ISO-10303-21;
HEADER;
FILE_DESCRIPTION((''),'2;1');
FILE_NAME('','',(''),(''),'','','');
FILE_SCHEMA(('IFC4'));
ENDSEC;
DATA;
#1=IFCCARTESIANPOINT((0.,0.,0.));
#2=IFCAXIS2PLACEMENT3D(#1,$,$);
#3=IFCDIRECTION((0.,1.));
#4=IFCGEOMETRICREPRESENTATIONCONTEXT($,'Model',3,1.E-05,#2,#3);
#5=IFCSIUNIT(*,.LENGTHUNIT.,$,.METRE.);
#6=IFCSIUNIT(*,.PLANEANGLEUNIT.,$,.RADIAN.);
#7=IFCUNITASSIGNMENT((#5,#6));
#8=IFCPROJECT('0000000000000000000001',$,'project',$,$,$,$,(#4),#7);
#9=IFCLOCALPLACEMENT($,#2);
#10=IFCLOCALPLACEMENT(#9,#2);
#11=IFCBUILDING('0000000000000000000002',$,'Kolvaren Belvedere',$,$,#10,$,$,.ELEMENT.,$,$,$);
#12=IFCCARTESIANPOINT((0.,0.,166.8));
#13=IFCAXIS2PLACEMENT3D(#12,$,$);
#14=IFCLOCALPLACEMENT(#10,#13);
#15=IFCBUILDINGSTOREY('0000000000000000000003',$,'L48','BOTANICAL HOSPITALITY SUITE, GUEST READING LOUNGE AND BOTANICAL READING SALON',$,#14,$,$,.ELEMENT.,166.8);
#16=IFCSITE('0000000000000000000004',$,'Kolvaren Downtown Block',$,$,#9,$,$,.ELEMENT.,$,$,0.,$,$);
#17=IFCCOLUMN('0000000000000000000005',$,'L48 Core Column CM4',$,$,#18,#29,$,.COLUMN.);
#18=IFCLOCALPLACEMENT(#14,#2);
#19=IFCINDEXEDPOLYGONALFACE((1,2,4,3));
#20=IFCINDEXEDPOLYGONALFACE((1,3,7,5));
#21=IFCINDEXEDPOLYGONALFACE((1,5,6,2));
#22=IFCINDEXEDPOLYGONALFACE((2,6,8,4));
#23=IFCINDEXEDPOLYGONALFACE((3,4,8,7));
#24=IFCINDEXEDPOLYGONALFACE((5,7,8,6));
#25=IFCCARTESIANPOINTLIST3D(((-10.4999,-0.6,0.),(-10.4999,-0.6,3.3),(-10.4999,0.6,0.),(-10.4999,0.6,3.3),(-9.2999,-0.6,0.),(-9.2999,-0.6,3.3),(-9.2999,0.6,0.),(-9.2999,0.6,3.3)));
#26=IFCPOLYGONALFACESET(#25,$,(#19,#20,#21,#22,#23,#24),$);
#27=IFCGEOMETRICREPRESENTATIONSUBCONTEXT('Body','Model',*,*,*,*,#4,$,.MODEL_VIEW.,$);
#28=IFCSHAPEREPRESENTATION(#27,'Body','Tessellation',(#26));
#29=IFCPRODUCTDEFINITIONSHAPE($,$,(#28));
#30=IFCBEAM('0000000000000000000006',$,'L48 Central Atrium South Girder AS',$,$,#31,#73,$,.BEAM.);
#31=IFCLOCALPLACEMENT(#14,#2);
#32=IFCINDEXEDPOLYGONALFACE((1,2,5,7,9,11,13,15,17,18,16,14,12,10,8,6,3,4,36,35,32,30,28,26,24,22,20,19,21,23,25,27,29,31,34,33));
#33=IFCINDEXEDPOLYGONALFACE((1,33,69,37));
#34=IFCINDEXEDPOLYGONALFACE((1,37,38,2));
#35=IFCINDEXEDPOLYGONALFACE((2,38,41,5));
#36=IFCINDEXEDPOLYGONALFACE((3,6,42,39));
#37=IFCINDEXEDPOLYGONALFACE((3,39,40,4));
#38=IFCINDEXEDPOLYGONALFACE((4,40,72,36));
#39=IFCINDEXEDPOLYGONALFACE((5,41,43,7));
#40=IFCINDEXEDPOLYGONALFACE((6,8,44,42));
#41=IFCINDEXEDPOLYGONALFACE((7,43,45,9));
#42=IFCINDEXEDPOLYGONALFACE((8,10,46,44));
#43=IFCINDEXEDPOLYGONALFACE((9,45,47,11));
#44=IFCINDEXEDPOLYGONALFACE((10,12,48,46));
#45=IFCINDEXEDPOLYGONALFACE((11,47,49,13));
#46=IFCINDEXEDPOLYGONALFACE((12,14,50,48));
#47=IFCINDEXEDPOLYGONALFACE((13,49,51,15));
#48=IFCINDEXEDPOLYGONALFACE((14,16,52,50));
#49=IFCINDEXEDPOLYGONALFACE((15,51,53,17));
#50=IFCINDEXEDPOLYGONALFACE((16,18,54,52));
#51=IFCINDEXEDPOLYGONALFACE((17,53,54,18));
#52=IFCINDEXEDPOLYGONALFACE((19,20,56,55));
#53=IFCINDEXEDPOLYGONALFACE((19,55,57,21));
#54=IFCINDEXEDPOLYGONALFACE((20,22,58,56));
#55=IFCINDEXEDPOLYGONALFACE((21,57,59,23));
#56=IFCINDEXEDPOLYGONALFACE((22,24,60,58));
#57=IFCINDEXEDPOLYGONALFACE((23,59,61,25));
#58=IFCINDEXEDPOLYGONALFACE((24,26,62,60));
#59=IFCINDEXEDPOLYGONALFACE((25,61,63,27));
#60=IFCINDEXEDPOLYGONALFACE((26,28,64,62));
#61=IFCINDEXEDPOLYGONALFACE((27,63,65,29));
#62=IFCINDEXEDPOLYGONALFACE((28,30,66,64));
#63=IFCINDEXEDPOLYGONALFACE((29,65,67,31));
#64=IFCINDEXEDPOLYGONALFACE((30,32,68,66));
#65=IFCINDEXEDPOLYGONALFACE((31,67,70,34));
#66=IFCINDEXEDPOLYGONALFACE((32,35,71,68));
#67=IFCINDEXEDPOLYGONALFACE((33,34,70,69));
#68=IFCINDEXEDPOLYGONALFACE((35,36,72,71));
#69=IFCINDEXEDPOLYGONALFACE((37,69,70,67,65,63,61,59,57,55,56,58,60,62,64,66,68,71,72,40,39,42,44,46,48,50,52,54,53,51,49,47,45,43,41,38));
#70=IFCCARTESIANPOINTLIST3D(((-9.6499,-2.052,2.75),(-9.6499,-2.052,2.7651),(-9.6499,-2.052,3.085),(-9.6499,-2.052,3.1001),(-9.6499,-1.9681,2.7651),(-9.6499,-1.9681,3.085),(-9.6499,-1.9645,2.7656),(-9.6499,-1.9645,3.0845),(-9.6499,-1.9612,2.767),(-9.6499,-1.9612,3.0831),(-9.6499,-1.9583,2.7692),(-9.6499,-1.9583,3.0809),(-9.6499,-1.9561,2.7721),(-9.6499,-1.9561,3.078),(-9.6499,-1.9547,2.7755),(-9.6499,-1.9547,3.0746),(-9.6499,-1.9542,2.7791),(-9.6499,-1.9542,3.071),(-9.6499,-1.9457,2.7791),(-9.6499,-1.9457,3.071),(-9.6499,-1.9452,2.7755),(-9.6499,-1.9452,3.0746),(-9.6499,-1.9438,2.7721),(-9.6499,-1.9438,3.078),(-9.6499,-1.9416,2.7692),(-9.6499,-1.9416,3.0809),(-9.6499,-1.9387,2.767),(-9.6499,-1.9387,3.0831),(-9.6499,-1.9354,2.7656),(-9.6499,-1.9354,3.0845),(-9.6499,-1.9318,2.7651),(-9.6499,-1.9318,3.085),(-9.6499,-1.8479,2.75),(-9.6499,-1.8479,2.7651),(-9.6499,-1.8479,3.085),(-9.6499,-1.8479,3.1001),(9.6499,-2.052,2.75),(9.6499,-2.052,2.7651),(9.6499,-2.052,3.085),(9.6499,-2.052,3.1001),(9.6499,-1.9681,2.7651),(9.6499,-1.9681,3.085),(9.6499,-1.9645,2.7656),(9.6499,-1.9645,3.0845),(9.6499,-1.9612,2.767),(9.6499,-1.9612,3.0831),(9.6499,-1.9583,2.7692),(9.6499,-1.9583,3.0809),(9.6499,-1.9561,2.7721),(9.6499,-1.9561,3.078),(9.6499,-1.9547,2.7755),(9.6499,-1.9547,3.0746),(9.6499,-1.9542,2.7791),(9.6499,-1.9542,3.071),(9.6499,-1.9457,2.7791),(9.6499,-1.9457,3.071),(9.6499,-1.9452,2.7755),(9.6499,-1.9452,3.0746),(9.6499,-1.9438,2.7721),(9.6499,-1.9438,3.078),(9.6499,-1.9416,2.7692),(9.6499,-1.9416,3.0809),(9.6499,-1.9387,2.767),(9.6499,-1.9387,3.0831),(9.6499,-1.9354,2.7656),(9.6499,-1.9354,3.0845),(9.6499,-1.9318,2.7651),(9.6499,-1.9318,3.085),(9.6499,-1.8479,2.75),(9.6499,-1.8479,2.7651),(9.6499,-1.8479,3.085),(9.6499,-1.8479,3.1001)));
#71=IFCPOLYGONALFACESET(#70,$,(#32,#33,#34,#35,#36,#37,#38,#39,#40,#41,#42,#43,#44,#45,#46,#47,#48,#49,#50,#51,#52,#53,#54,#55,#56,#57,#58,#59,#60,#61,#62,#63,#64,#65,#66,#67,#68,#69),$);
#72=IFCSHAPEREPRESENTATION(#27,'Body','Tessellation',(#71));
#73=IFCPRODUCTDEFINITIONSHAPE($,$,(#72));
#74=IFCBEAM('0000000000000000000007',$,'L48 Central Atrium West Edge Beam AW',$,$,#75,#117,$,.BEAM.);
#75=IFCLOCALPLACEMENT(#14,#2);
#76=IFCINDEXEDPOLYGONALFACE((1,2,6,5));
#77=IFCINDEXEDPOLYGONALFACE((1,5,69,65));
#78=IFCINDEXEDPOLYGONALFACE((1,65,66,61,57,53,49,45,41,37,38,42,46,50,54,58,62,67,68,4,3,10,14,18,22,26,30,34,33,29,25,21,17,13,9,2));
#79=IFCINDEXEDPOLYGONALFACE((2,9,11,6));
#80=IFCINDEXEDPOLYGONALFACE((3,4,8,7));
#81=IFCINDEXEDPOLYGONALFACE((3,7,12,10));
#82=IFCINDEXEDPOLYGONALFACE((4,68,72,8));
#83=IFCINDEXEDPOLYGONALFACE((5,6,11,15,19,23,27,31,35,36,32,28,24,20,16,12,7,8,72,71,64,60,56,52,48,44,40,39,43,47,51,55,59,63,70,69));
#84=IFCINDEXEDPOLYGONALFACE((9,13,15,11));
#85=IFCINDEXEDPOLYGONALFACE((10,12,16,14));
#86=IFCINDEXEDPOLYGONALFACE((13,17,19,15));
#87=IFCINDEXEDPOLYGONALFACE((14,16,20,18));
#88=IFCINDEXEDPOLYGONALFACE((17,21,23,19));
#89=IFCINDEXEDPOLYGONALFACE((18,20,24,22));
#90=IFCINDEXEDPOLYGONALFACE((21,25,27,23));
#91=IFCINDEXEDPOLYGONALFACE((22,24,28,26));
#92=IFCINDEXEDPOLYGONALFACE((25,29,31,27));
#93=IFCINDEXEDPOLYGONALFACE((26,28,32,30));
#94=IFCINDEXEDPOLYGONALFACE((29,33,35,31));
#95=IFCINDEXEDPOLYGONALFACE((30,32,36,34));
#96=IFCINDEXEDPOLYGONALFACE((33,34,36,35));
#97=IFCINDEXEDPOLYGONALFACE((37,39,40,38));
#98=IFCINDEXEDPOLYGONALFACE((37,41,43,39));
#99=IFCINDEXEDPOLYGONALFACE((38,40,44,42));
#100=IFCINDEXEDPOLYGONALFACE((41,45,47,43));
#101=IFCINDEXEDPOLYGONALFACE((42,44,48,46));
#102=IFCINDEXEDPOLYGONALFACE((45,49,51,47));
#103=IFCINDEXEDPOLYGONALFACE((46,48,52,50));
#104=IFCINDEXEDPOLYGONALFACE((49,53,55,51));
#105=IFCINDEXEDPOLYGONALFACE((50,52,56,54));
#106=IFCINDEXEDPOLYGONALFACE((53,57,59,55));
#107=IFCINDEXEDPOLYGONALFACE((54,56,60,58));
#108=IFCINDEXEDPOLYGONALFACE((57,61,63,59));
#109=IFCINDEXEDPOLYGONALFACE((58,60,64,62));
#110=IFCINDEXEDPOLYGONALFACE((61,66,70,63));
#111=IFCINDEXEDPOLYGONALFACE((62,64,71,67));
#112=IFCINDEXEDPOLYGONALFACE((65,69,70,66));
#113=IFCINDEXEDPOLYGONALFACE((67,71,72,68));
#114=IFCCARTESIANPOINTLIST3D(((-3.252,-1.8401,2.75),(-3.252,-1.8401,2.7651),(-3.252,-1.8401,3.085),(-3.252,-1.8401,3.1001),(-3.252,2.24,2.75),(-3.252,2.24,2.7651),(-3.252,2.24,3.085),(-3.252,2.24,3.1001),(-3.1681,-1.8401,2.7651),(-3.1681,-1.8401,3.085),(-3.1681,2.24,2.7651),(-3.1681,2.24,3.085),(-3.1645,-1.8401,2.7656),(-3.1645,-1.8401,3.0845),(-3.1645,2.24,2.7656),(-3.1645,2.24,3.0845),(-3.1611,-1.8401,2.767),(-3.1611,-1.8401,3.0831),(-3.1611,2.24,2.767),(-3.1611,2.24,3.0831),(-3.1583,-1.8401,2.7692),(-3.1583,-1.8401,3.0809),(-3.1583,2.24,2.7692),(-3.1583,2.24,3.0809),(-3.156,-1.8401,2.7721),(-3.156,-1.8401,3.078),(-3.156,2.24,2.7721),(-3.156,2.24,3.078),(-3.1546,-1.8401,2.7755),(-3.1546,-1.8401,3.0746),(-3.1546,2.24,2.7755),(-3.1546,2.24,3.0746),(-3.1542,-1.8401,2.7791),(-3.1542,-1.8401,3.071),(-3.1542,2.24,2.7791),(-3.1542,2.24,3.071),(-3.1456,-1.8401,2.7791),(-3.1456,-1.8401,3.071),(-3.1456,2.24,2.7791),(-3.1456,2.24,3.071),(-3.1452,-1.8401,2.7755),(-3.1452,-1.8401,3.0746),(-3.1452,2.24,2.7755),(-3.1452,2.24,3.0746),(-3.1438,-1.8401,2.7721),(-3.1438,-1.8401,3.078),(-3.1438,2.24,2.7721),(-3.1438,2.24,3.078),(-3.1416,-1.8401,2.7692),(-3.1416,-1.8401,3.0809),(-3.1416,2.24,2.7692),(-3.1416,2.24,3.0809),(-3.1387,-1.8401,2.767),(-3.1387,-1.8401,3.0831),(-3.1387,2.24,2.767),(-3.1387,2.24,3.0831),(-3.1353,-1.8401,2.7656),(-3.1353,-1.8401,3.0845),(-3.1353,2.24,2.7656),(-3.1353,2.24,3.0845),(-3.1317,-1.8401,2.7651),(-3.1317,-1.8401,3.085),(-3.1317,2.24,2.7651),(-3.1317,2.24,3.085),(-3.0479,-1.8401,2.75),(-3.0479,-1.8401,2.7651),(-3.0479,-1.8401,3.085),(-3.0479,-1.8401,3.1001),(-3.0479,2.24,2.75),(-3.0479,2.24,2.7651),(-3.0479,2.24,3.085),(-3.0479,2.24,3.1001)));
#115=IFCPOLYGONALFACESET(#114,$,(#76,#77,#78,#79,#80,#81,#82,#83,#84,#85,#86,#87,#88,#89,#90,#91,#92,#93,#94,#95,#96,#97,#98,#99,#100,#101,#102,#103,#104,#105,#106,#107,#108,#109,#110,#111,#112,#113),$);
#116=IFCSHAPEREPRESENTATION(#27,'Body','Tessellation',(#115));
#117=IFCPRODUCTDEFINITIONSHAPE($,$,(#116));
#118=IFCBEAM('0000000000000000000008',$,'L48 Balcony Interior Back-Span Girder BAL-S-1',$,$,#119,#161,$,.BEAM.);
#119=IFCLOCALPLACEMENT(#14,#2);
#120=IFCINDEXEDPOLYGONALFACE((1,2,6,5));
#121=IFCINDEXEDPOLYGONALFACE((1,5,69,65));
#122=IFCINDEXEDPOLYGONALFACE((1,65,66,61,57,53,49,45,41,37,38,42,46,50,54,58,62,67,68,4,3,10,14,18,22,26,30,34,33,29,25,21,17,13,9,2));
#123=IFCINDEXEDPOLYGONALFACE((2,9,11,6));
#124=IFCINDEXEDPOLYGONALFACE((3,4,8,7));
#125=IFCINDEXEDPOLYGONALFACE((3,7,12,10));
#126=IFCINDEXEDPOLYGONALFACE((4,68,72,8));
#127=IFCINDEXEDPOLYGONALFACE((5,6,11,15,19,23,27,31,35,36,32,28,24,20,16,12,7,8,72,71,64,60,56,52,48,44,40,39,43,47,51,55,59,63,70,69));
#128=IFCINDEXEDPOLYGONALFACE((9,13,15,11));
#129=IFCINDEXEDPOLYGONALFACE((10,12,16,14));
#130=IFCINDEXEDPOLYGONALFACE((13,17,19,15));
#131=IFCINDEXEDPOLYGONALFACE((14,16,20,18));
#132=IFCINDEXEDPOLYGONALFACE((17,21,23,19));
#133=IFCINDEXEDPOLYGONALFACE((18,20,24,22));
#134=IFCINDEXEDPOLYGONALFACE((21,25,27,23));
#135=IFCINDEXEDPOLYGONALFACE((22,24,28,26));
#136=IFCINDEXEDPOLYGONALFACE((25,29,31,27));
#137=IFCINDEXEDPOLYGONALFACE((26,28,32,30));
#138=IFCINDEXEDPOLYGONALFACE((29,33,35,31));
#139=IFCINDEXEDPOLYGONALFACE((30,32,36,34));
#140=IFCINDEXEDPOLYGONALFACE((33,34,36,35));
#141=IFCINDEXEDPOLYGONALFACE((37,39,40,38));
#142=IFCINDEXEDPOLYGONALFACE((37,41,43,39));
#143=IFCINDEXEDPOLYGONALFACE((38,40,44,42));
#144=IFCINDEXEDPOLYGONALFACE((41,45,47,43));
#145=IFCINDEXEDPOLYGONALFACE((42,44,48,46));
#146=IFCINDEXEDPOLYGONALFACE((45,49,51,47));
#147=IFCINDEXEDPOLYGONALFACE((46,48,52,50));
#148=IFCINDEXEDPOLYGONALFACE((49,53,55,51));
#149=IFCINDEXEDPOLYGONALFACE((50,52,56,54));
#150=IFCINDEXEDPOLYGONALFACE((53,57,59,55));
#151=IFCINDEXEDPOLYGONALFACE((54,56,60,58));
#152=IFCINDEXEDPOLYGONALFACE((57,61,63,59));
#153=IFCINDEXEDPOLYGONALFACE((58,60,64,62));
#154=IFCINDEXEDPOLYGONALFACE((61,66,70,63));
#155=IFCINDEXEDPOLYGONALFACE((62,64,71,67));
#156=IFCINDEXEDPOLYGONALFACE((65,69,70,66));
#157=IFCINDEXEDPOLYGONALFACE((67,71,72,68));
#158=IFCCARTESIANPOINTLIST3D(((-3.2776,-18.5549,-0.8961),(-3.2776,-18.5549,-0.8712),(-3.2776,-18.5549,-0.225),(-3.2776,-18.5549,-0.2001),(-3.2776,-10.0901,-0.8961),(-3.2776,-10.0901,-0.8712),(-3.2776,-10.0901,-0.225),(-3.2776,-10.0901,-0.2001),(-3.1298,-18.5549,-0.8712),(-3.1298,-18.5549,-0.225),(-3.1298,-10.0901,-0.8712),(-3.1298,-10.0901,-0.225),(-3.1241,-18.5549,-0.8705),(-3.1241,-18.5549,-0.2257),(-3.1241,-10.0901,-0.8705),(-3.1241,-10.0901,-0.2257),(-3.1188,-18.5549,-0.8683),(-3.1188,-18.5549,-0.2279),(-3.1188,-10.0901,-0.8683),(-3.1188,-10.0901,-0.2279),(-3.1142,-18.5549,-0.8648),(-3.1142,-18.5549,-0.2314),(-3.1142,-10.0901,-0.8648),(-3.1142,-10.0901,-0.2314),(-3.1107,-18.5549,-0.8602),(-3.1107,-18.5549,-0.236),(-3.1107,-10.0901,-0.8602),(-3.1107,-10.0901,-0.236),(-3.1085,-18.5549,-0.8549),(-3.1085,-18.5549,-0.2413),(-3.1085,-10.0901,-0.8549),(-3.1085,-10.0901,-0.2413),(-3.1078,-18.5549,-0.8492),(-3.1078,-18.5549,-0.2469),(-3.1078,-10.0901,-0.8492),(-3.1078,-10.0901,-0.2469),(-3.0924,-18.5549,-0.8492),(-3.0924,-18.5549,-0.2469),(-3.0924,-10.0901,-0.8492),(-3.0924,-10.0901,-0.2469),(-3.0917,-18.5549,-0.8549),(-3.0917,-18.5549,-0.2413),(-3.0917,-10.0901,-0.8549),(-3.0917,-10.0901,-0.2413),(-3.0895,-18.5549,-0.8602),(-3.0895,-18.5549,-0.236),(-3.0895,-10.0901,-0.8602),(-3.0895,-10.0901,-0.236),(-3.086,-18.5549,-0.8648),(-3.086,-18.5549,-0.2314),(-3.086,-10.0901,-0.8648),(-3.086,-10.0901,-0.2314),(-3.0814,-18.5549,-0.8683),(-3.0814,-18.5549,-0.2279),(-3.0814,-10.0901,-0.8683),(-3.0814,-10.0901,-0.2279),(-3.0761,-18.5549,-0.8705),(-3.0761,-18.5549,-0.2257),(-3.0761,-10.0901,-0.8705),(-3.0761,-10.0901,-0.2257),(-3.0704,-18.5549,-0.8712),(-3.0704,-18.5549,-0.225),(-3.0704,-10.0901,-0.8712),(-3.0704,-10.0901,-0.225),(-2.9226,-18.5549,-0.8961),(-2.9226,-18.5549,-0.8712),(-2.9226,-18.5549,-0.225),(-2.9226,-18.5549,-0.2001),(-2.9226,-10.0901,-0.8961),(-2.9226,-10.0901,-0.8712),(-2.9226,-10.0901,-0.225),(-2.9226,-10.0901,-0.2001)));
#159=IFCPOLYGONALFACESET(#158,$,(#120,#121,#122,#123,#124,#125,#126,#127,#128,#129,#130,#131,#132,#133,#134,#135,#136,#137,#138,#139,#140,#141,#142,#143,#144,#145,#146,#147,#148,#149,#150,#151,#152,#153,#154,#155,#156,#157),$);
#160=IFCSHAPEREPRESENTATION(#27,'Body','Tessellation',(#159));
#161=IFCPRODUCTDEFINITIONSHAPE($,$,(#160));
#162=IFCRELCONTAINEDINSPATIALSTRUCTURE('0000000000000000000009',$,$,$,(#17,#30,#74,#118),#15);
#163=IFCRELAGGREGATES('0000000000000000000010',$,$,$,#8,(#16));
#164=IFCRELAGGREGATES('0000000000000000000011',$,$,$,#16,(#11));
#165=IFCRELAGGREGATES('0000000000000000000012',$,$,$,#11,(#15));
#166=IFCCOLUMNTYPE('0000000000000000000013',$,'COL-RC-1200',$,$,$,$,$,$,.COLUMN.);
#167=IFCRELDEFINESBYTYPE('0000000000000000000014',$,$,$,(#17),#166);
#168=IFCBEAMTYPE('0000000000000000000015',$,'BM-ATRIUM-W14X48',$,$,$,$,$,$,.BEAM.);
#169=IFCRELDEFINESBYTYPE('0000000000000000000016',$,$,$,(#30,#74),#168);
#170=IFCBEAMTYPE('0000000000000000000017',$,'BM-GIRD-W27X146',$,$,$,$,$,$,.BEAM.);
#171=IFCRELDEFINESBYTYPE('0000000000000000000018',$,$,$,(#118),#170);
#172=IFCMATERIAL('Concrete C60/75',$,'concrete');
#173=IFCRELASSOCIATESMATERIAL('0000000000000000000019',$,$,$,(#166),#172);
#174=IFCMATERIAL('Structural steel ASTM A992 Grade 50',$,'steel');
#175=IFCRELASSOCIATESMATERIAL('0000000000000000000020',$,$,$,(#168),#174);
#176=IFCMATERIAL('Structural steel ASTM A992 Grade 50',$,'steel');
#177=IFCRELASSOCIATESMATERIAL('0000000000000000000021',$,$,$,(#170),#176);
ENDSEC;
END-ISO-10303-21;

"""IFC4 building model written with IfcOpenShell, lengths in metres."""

from ifc_helpers import new_model, si_unit, direction, frame, origin, origin_2d, place, context, subcontext, project, spatial, rectangle, i_section, extrude, material, material_profile, profile_set, type_object, element, save


model = new_model("IFC4")

# Units and contexts
model_context = context("Model", 3, precision=1e-05, world=origin(), true_north=direction((0.0, 1.0)))
body_context = subcontext(model_context, "Body", "Model", "MODEL_VIEW")
ifc_project = project(units=[si_unit("LENGTHUNIT", "METRE"), si_unit("PLANEANGLEUNIT", "RADIAN")], contexts=[model_context])

# Site, building, storey
site_placement = place(None, origin())
site = spatial("IfcSite", under=ifc_project, at=site_placement, Name="Kolvaren Downtown Block", CompositionType="ELEMENT", RefElevation=0.0)
building_placement = place(site_placement, origin())
building = spatial("IfcBuilding", under=site, at=building_placement, Name="Kolvaren Belvedere", CompositionType="ELEMENT")
storey_placement = place(building_placement, frame((0.0, 0.0, 166.8)))
storey = spatial("IfcBuildingStorey", under=building, at=storey_placement, Name="L48", Description="BOTANICAL HOSPITALITY SUITE, GUEST READING LOUNGE AND BOTANICAL READING SALON", CompositionType="ELEMENT", Elevation=166.8)

# Column
ifc_material_1 = material(Name="Concrete C60/75", Category="concrete")
ifc_material_profile_1 = material_profile(ifc_material_1, rectangle(XDim=1.2, YDim=1.2, at=origin_2d()), Name="RC 1200X1200")
ifc_profile_set_1 = profile_set([ifc_material_profile_1], Name="Concrete C60/75")
column_type = type_object("IfcColumnType", Name="COL-RC-1200", PredefinedType="COLUMN", material=ifc_profile_set_1)
column_placement = place(storey_placement, frame((-9.8999, 0.0, 0.0), z_axis=(0.0, 0.0, 1.0), x_axis=(1.0, 0.0, 0.0)))
element("IfcColumn", 1, at=column_placement, inside=storey, type_object=column_type, Name="L48 Core Column CM4", PredefinedType="COLUMN", context=body_context, shape_type="SweptSolid", body=[
    extrude(rectangle(XDim=1.2, YDim=1.2, at=origin_2d()), origin(), (0.0, 0.0, 1.0), 3.3),
])

# Beams
ifc_material_2 = material(Name="Structural steel ASTM A992 Grade 50", Category="steel")
ifc_material_profile_2 = material_profile(ifc_material_2, i_section(OverallWidth=0.2041, OverallDepth=0.3501, WebThickness=0.0085, FlangeThickness=0.0151, FilletRadius=0.0139, at=origin_2d()), Name="W14X48")
ifc_profile_set_2 = profile_set([ifc_material_profile_2], Name="Structural steel ASTM A992 Grade 50")
beam_type_1 = type_object("IfcBeamType", Name="BM-ATRIUM-W14X48", PredefinedType="BEAM", material=ifc_profile_set_2)
beam_1_placement = place(storey_placement, frame((-9.6499, -1.95, 2.925), z_axis=(1.0, 0.0, 0.0), x_axis=(0.0, 1.0, 0.0)))
element("IfcBeam", 2, at=beam_1_placement, inside=storey, type_object=beam_type_1, Name="L48 Central Atrium South Girder AS", PredefinedType="BEAM", context=body_context, shape_type="SweptSolid", body=[
    extrude(i_section(OverallWidth=0.2041, OverallDepth=0.3501, WebThickness=0.0085, FlangeThickness=0.0151, FilletRadius=0.0139, at=origin_2d()), origin(), (0.0, 0.0, 1.0), 19.2998),
])
beam_2_placement = place(storey_placement, frame((-3.1499, -1.8401, 2.925), z_axis=(0.0, 1.0, 0.0), x_axis=(-1.0, 0.0, 0.0)))
element("IfcBeam", 3, at=beam_2_placement, inside=storey, type_object=beam_type_1, Name="L48 Central Atrium West Edge Beam AW", PredefinedType="BEAM", context=body_context, shape_type="SweptSolid", body=[
    extrude(i_section(OverallWidth=0.2041, OverallDepth=0.3501, WebThickness=0.0085, FlangeThickness=0.0151, FilletRadius=0.0139, at=origin_2d()), origin(), (0.0, 0.0, 1.0), 4.0801),
])
ifc_material_3 = material(Name="Structural steel ASTM A992 Grade 50", Category="steel")
ifc_material_profile_3 = material_profile(ifc_material_3, i_section(OverallWidth=0.355, OverallDepth=0.696, WebThickness=0.0154, FlangeThickness=0.0249, FilletRadius=0.022, at=origin_2d()), Name="W27X146")
ifc_profile_set_3 = profile_set([ifc_material_profile_3], Name="Structural steel ASTM A992 Grade 50")
beam_type_2 = type_object("IfcBeamType", Name="BM-GIRD-W27X146", PredefinedType="BEAM", material=ifc_profile_set_3)
beam_3_placement = place(storey_placement, frame((-3.1001, -10.0901, -0.5481), z_axis=(0.0, -1.0, 0.0), x_axis=(1.0, 0.0, 0.0)))
element("IfcBeam", 4, at=beam_3_placement, inside=storey, type_object=beam_type_2, Name="L48 Balcony Interior Back-Span Girder BAL-S-1", PredefinedType="BEAM", context=body_context, shape_type="SweptSolid", body=[
    extrude(i_section(OverallWidth=0.355, OverallDepth=0.696, WebThickness=0.0154, FlangeThickness=0.0249, FilletRadius=0.022, at=origin_2d()), origin(), (0.0, 0.0, 1.0), 8.4648),
])

save(model, "model.ifc")
